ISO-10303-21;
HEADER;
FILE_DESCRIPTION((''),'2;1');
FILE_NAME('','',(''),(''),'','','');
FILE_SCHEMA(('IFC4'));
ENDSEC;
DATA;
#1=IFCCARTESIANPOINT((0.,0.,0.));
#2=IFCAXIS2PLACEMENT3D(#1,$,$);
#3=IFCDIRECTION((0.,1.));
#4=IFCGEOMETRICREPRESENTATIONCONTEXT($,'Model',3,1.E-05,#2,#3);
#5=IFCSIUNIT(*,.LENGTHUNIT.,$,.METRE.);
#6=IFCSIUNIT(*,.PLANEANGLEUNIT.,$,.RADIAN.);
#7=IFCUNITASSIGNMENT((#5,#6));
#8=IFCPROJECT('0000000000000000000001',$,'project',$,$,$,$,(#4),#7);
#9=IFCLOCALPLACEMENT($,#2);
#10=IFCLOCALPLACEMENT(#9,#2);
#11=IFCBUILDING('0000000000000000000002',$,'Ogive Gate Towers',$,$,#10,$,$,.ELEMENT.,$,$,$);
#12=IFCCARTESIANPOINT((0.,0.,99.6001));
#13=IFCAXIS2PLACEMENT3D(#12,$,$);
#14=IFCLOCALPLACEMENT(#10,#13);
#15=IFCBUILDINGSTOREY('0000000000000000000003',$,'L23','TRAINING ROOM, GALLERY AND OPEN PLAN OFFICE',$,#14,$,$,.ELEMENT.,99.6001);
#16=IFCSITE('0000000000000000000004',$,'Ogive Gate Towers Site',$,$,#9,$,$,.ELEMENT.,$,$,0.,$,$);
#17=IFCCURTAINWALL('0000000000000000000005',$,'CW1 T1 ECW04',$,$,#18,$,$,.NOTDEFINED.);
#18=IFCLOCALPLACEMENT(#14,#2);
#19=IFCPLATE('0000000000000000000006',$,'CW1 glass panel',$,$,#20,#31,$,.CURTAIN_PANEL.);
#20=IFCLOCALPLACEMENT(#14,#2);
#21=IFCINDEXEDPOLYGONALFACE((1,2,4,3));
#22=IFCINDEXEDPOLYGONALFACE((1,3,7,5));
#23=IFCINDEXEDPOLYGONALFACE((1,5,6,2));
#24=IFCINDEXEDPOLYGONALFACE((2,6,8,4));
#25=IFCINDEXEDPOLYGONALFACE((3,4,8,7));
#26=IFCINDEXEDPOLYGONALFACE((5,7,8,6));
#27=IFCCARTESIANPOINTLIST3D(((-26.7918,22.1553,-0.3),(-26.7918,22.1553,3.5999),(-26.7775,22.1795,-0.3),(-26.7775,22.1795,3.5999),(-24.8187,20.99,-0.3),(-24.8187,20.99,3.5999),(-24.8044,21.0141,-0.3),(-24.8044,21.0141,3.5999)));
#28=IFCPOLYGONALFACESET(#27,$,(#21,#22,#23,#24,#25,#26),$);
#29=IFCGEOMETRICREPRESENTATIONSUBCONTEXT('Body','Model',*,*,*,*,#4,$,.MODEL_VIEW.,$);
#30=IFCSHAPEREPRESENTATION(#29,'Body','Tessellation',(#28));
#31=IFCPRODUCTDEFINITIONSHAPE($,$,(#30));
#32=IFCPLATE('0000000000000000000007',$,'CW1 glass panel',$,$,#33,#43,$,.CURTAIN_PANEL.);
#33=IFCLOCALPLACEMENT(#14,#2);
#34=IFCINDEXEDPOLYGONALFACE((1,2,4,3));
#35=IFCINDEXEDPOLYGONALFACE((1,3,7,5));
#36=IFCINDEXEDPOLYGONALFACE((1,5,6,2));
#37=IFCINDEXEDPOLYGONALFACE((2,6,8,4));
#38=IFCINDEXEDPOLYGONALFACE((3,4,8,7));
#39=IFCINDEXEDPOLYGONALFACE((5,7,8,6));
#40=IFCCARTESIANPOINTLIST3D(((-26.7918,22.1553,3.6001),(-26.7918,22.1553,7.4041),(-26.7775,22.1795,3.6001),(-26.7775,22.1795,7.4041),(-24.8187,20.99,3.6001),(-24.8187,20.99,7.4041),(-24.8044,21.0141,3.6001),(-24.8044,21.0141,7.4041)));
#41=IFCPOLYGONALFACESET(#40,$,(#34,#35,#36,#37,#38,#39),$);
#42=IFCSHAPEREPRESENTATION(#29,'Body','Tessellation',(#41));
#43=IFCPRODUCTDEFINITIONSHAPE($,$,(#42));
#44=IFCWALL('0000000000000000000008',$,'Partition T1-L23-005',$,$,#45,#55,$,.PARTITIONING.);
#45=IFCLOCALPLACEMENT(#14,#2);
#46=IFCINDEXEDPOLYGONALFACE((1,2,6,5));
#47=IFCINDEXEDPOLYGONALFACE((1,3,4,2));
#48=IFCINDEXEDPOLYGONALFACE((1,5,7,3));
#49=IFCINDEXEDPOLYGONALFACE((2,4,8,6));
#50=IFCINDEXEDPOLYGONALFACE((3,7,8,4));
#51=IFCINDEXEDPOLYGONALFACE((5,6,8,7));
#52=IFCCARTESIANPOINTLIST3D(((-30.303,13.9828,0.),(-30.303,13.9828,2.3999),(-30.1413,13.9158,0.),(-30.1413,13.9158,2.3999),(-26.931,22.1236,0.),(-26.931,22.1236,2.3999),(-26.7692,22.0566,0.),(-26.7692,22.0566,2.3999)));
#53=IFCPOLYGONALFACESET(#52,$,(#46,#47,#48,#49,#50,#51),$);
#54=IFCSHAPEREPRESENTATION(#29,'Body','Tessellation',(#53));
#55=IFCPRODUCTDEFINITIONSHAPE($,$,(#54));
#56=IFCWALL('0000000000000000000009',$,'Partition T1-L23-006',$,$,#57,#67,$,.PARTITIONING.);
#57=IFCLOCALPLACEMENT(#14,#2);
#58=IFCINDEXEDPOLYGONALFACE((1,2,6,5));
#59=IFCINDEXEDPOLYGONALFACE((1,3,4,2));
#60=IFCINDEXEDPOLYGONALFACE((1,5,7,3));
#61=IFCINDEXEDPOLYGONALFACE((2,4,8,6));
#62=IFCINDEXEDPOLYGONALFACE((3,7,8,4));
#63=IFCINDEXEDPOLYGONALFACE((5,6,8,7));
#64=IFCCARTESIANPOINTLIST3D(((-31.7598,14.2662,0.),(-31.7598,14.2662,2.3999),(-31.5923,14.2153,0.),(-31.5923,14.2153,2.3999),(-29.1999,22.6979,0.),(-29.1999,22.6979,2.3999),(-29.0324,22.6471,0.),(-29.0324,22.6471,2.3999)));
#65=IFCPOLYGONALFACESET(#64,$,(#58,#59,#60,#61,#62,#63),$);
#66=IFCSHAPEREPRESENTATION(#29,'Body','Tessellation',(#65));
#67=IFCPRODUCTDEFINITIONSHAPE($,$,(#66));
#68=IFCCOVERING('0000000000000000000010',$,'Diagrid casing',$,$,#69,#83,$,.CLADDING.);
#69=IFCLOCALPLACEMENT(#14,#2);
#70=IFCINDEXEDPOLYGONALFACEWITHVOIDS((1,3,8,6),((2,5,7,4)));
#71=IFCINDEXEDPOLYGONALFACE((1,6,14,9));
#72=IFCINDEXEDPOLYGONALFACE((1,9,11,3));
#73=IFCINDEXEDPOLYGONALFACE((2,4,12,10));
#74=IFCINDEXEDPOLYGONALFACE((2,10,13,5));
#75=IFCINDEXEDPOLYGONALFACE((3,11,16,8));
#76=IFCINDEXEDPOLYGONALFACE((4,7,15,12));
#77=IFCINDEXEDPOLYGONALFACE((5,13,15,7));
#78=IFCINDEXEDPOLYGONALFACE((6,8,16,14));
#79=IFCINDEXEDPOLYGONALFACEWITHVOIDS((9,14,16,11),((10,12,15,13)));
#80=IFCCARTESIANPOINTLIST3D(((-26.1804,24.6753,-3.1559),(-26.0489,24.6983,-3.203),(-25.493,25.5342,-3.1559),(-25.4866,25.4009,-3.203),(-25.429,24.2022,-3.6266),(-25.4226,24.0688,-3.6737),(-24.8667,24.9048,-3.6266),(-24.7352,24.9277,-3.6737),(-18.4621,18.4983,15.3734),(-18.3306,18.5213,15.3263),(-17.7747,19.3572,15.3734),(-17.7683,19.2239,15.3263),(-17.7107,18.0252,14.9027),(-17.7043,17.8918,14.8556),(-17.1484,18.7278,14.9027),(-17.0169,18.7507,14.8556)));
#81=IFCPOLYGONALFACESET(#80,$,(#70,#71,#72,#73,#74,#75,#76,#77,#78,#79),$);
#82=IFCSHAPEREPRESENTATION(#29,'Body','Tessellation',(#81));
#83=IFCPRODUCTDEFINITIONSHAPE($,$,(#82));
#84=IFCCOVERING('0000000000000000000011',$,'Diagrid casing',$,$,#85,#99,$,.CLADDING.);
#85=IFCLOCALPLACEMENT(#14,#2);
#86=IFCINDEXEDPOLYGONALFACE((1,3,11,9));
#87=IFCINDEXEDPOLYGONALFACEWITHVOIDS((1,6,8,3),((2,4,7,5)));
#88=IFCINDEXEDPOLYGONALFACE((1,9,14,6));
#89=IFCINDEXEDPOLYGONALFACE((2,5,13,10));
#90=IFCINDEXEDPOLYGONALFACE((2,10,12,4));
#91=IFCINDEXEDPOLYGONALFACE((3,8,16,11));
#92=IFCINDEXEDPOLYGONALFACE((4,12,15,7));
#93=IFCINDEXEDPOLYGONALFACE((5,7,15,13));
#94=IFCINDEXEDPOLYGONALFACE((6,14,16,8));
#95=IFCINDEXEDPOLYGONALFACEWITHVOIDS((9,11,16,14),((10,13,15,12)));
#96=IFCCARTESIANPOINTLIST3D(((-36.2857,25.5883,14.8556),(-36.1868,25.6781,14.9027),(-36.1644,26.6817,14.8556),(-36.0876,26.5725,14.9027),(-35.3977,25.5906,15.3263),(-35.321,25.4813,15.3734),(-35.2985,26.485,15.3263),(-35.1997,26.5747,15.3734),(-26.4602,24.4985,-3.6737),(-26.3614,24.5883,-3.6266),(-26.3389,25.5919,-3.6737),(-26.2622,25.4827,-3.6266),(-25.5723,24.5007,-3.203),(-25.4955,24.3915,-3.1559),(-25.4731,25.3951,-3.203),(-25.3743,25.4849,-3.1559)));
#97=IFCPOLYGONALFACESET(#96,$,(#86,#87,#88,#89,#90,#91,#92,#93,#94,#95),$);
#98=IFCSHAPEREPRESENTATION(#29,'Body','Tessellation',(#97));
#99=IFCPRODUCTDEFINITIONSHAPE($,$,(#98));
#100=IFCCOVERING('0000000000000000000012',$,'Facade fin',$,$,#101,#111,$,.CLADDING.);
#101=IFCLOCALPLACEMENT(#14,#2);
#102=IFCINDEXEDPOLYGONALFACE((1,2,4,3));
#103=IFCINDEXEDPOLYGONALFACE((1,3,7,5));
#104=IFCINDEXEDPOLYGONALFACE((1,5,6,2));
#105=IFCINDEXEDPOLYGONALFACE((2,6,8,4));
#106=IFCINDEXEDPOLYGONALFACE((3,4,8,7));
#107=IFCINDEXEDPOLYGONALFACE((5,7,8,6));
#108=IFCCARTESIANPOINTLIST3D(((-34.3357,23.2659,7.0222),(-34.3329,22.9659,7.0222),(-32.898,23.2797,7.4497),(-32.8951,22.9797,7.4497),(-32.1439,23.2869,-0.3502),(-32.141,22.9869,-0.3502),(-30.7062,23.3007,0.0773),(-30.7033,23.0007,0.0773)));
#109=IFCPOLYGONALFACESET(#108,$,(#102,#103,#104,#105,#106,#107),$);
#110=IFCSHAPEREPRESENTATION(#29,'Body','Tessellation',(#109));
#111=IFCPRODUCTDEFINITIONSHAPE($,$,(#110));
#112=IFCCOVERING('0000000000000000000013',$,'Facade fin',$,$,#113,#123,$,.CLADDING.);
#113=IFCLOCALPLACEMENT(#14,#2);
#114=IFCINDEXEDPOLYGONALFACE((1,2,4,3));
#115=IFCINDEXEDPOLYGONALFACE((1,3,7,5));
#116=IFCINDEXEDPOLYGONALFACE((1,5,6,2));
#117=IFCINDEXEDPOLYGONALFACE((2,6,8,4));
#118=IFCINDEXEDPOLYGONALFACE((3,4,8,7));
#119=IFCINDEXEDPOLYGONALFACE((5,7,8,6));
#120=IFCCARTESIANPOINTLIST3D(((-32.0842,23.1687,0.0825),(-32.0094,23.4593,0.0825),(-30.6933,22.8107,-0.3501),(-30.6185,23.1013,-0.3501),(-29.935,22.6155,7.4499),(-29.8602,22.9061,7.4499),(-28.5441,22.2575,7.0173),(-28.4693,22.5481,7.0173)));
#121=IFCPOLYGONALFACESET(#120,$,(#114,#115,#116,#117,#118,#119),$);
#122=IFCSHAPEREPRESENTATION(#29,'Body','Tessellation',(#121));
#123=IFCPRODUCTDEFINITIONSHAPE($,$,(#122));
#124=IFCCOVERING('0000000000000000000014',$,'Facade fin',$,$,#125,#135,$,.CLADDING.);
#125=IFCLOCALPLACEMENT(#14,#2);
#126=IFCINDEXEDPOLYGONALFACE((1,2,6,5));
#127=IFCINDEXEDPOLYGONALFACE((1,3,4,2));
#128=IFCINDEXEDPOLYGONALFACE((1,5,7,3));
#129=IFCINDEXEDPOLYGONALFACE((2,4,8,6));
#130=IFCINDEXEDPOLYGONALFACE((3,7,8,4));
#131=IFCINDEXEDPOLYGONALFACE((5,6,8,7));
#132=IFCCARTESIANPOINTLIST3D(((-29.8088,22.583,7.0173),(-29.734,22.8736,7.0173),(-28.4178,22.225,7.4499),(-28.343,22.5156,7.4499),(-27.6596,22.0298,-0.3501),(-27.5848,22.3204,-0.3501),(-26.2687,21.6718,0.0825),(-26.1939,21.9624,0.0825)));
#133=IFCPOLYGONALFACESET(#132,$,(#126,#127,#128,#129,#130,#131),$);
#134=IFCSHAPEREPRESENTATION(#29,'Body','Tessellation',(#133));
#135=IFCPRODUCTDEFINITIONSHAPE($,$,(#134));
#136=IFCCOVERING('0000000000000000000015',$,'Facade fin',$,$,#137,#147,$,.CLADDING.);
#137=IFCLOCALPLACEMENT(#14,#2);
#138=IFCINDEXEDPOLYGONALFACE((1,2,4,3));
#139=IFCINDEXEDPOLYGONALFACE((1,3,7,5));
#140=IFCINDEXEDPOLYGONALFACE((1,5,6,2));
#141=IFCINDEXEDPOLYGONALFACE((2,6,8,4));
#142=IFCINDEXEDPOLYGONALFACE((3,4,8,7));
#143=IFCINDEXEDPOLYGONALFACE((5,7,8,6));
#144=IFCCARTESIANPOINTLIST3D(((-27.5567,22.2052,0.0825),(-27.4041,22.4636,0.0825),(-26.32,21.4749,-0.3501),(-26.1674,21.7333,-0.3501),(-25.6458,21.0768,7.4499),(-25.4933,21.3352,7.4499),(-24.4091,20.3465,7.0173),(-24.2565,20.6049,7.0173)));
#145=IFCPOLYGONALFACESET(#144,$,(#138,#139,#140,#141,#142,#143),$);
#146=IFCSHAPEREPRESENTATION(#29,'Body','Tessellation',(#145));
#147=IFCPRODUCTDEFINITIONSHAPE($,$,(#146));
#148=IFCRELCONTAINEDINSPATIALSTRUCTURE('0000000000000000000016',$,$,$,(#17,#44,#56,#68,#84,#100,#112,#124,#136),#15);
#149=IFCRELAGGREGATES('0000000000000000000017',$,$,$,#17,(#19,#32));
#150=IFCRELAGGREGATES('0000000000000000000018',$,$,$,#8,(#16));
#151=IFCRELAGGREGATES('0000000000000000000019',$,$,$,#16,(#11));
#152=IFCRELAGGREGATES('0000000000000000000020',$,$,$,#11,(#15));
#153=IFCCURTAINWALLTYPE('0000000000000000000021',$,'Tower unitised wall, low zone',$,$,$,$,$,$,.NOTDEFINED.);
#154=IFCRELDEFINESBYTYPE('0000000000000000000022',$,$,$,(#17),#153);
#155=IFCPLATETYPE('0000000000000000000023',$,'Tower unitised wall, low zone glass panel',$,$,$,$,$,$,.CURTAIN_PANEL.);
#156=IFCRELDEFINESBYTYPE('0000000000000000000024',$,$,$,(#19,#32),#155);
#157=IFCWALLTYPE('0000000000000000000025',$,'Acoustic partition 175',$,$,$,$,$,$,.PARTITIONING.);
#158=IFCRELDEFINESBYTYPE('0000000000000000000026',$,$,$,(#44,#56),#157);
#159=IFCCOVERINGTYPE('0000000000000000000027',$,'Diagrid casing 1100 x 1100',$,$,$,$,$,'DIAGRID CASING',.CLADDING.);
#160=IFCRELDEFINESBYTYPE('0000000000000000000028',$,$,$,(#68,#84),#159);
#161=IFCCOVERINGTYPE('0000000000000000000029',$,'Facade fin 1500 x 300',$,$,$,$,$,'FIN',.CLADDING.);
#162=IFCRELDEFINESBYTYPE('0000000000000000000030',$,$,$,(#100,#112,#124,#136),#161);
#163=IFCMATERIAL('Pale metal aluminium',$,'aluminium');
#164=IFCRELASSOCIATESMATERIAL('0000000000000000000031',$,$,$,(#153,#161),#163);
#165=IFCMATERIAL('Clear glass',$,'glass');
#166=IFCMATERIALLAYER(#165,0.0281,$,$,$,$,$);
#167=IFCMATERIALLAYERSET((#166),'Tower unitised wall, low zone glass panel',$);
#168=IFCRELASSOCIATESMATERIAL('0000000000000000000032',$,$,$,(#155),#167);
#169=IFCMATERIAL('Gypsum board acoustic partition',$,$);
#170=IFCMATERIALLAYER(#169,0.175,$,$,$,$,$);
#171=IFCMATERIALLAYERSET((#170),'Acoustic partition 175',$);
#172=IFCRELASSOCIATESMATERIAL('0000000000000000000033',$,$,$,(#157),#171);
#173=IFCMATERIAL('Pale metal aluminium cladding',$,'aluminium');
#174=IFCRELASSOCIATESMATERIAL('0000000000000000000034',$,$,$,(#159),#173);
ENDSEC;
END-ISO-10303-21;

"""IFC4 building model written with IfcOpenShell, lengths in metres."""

from ifc_helpers import new_model, si_unit, direction, frame, frame_2d, origin, origin_2d, place, context, subcontext, project, spatial, rectangle, hollow_rectangle, extrude, material, layer, layer_set, material_profile, profile_set, type_object, element, aggregate, save


model = new_model("IFC4")

# Units and contexts
model_context = context("Model", 3, precision=1e-05, world=origin(), true_north=direction((0.0, 1.0)))
body_context = subcontext(model_context, "Body", "Model", "MODEL_VIEW")
ifc_project = project(units=[si_unit("LENGTHUNIT", "METRE"), si_unit("PLANEANGLEUNIT", "RADIAN")], contexts=[model_context])

# Site, building, storey
site_placement = place(None, origin())
site = spatial("IfcSite", under=ifc_project, at=site_placement, Name="Ogive Gate Towers Site", CompositionType="ELEMENT", RefElevation=0.0)
building_placement = place(site_placement, origin())
building = spatial("IfcBuilding", under=site, at=building_placement, Name="Ogive Gate Towers", CompositionType="ELEMENT")
storey_placement = place(building_placement, frame((0.0, 0.0, 99.6001)))
storey = spatial("IfcBuildingStorey", under=building, at=storey_placement, Name="L23", Description="TRAINING ROOM, GALLERY AND OPEN PLAN OFFICE", CompositionType="ELEMENT", Elevation=99.6001)

# Curtain wall, plates
ifc_material_1 = material(Name="Pale metal aluminium", Category="aluminium")
curtain_wall_type = type_object("IfcCurtainWallType", Name="Tower unitised wall, low zone", PredefinedType="NOTDEFINED", material=ifc_material_1)
curtain_wall_placement = place(storey_placement, origin())
curtain_wall = element("IfcCurtainWall", 1, at=curtain_wall_placement, inside=storey, type_object=curtain_wall_type, Name="CW1 T1 ECW04", PredefinedType="NOTDEFINED")
ifc_material_2 = material(Name="Clear glass", Category="glass")
ifc_layer_1 = layer(ifc_material_2, 0.0281)
ifc_layer_set_1 = layer_set([ifc_layer_1], Name="Tower unitised wall, low zone glass panel")
plate_type = type_object("IfcPlateType", Name="Tower unitised wall, low zone glass panel", PredefinedType="CURTAIN_PANEL", material=ifc_layer_set_1)
plate_1_placement = place(storey_placement, frame((-25.7981, 21.5847, -0.3), z_axis=(0.0, 0.0, 1.0), x_axis=(0.861035, -0.508546, 0.0)))
plate_1 = element("IfcPlate", 2, at=plate_1_placement, type_object=plate_type, Name="CW1 glass panel", PredefinedType="CURTAIN_PANEL", context=body_context, shape_type="SweptSolid", body=[
    extrude(rectangle(XDim=2.2915, YDim=0.0281, at=origin_2d()), origin(), (0.0, 0.0, 1.0), 3.8999),
])
plate_2_placement = place(storey_placement, frame((-25.7981, 21.5847, 3.6001), z_axis=(0.0, 0.0, 1.0), x_axis=(0.861035, -0.508546, 0.0)))
plate_2 = element("IfcPlate", 3, at=plate_2_placement, type_object=plate_type, Name="CW1 glass panel", PredefinedType="CURTAIN_PANEL", context=body_context, shape_type="SweptSolid", body=[
    extrude(rectangle(XDim=2.2915, YDim=0.0281, at=origin_2d()), origin(), (0.0, 0.0, 1.0), 3.804),
])
aggregate(curtain_wall, [plate_1, plate_2])

# Walls
ifc_material_3 = material(Name="Gypsum board acoustic partition")
ifc_layer_2 = layer(ifc_material_3, 0.175)
ifc_layer_set_2 = layer_set([ifc_layer_2], Name="Acoustic partition 175")
wall_type = type_object("IfcWallType", Name="Acoustic partition 175", PredefinedType="PARTITIONING", material=ifc_layer_set_2)
wall_1_placement = place(storey_placement, frame((-26.8501, 22.0901, 0.0), z_axis=(0.0, 0.0, 1.0), x_axis=(-0.382685, -0.923879, 0.0)))
element("IfcWall", 4, at=wall_1_placement, inside=storey, type_object=wall_type, Name="Partition T1-L23-005", PredefinedType="PARTITIONING", context=body_context, shape_type="SweptSolid", body=[
    extrude(rectangle(XDim=8.8115, YDim=0.175, at=frame_2d((4.4058, 0.0))), origin(), (0.0, 0.0, 1.0), 2.3999),
])
wall_2_placement = place(storey_placement, frame((-29.1162, 22.6724, 0.0), z_axis=(0.0, 0.0, 1.0), x_axis=(-0.290503, -0.956874, 0.0)))
element("IfcWall", 5, at=wall_2_placement, inside=storey, type_object=wall_type, Name="Partition T1-L23-006", PredefinedType="PARTITIONING", context=body_context, shape_type="SweptSolid", body=[
    extrude(rectangle(XDim=8.8118, YDim=0.175, at=frame_2d((4.4058, 0.0))), origin(), (0.0, 0.0, 1.0), 2.3999),
])

# Coverings
ifc_material_4 = material(Name="Pale metal aluminium cladding", Category="aluminium")
ifc_material_profile_1 = material_profile(ifc_material_4, hollow_rectangle(XDim=1.1001, YDim=1.1001, WallThickness=0.1001, at=origin_2d()), Name="1100 x 1100 pale metal casing")
ifc_profile_set_1 = profile_set([ifc_material_profile_1], Name="Pale metal aluminium cladding")
covering_type_1 = type_object("IfcCoveringType", Name="Diagrid casing 1100 x 1100", ElementType="DIAGRID CASING", PredefinedType="CLADDING", material=ifc_profile_set_1)
for number, where, z_axis, x_axis, name in (
    (6, (-25.4578, 24.8015, -3.4148), (0.367511, -0.294122, 0.882286), (0.624843, 0.780751, 0.0), "Diagrid casing"),
    (7, (-25.9172, 24.9917, -3.4148), (-0.467845, 0.051894, 0.882286), (-0.110244, -0.993904, 0.0), "Diagrid casing"),
):
    element("IfcCovering", number, at=place(storey_placement, frame(where, z_axis=z_axis, x_axis=x_axis)), inside=storey, type_object=covering_type_1, Name=name, PredefinedType="CLADDING", context=body_context, shape_type="SweptSolid", body=[
        extrude(hollow_rectangle(XDim=1.1001, YDim=1.1001, WallThickness=0.1001, at=origin_2d()), origin(), (0.0, 0.0, 1.0), 21.0015),
    ])
ifc_material_profile_2 = material_profile(ifc_material_1, rectangle(XDim=0.3, YDim=1.5, at=origin_2d()), Name="1500 x 300 pale metal aluminium")
ifc_profile_set_2 = profile_set([ifc_material_profile_2], Name="Pale metal aluminium")
covering_type_2 = type_object("IfcCoveringType", Name="Facade fin 1500 x 300", ElementType="FIN", PredefinedType="CLADDING", material=ifc_profile_set_2)
covering_placement = place(storey_placement, frame((-31.4236, 23.1438, -0.1365), z_axis=(-0.284976, -0.00273, 0.958531), x_axis=(0.009579, -0.999954, 0.0)))
element("IfcCovering", 8, at=covering_placement, inside=storey, type_object=covering_type_2, Name="Facade fin", PredefinedType="CLADDING", context=body_context, shape_type="SweptSolid", body=[
    extrude(rectangle(XDim=0.3, YDim=1.5, at=origin_2d()), origin(), (0.0, 0.0, 1.0), 7.6914),
])
for number, where, z_axis, x_axis, name in (
    (9, (-31.3513, 23.135, -0.1338), (0.279316, -0.071899, 0.957504), (0.249286, 0.96843, 0.0), "Facade fin"),
    (10, (-26.9268, 21.9961, -0.1338), (-0.279316, 0.071899, 0.957504), (-0.249286, -0.96843, 0.0), "Facade fin"),
    (11, (-26.8621, 21.9692, -0.1338), (0.248348, -0.146654, 0.957505), (0.508481, 0.861073, 0.0), "Facade fin"),
):
    element("IfcCovering", number, at=place(storey_placement, frame(where, z_axis=z_axis, x_axis=x_axis)), inside=storey, type_object=covering_type_2, Name=name, PredefinedType="CLADDING", context=body_context, shape_type="SweptSolid", body=[
        extrude(rectangle(XDim=0.3, YDim=1.5, at=origin_2d()), origin(), (0.0, 0.0, 1.0), 7.6943),
    ])

save(model, "model.ifc")
